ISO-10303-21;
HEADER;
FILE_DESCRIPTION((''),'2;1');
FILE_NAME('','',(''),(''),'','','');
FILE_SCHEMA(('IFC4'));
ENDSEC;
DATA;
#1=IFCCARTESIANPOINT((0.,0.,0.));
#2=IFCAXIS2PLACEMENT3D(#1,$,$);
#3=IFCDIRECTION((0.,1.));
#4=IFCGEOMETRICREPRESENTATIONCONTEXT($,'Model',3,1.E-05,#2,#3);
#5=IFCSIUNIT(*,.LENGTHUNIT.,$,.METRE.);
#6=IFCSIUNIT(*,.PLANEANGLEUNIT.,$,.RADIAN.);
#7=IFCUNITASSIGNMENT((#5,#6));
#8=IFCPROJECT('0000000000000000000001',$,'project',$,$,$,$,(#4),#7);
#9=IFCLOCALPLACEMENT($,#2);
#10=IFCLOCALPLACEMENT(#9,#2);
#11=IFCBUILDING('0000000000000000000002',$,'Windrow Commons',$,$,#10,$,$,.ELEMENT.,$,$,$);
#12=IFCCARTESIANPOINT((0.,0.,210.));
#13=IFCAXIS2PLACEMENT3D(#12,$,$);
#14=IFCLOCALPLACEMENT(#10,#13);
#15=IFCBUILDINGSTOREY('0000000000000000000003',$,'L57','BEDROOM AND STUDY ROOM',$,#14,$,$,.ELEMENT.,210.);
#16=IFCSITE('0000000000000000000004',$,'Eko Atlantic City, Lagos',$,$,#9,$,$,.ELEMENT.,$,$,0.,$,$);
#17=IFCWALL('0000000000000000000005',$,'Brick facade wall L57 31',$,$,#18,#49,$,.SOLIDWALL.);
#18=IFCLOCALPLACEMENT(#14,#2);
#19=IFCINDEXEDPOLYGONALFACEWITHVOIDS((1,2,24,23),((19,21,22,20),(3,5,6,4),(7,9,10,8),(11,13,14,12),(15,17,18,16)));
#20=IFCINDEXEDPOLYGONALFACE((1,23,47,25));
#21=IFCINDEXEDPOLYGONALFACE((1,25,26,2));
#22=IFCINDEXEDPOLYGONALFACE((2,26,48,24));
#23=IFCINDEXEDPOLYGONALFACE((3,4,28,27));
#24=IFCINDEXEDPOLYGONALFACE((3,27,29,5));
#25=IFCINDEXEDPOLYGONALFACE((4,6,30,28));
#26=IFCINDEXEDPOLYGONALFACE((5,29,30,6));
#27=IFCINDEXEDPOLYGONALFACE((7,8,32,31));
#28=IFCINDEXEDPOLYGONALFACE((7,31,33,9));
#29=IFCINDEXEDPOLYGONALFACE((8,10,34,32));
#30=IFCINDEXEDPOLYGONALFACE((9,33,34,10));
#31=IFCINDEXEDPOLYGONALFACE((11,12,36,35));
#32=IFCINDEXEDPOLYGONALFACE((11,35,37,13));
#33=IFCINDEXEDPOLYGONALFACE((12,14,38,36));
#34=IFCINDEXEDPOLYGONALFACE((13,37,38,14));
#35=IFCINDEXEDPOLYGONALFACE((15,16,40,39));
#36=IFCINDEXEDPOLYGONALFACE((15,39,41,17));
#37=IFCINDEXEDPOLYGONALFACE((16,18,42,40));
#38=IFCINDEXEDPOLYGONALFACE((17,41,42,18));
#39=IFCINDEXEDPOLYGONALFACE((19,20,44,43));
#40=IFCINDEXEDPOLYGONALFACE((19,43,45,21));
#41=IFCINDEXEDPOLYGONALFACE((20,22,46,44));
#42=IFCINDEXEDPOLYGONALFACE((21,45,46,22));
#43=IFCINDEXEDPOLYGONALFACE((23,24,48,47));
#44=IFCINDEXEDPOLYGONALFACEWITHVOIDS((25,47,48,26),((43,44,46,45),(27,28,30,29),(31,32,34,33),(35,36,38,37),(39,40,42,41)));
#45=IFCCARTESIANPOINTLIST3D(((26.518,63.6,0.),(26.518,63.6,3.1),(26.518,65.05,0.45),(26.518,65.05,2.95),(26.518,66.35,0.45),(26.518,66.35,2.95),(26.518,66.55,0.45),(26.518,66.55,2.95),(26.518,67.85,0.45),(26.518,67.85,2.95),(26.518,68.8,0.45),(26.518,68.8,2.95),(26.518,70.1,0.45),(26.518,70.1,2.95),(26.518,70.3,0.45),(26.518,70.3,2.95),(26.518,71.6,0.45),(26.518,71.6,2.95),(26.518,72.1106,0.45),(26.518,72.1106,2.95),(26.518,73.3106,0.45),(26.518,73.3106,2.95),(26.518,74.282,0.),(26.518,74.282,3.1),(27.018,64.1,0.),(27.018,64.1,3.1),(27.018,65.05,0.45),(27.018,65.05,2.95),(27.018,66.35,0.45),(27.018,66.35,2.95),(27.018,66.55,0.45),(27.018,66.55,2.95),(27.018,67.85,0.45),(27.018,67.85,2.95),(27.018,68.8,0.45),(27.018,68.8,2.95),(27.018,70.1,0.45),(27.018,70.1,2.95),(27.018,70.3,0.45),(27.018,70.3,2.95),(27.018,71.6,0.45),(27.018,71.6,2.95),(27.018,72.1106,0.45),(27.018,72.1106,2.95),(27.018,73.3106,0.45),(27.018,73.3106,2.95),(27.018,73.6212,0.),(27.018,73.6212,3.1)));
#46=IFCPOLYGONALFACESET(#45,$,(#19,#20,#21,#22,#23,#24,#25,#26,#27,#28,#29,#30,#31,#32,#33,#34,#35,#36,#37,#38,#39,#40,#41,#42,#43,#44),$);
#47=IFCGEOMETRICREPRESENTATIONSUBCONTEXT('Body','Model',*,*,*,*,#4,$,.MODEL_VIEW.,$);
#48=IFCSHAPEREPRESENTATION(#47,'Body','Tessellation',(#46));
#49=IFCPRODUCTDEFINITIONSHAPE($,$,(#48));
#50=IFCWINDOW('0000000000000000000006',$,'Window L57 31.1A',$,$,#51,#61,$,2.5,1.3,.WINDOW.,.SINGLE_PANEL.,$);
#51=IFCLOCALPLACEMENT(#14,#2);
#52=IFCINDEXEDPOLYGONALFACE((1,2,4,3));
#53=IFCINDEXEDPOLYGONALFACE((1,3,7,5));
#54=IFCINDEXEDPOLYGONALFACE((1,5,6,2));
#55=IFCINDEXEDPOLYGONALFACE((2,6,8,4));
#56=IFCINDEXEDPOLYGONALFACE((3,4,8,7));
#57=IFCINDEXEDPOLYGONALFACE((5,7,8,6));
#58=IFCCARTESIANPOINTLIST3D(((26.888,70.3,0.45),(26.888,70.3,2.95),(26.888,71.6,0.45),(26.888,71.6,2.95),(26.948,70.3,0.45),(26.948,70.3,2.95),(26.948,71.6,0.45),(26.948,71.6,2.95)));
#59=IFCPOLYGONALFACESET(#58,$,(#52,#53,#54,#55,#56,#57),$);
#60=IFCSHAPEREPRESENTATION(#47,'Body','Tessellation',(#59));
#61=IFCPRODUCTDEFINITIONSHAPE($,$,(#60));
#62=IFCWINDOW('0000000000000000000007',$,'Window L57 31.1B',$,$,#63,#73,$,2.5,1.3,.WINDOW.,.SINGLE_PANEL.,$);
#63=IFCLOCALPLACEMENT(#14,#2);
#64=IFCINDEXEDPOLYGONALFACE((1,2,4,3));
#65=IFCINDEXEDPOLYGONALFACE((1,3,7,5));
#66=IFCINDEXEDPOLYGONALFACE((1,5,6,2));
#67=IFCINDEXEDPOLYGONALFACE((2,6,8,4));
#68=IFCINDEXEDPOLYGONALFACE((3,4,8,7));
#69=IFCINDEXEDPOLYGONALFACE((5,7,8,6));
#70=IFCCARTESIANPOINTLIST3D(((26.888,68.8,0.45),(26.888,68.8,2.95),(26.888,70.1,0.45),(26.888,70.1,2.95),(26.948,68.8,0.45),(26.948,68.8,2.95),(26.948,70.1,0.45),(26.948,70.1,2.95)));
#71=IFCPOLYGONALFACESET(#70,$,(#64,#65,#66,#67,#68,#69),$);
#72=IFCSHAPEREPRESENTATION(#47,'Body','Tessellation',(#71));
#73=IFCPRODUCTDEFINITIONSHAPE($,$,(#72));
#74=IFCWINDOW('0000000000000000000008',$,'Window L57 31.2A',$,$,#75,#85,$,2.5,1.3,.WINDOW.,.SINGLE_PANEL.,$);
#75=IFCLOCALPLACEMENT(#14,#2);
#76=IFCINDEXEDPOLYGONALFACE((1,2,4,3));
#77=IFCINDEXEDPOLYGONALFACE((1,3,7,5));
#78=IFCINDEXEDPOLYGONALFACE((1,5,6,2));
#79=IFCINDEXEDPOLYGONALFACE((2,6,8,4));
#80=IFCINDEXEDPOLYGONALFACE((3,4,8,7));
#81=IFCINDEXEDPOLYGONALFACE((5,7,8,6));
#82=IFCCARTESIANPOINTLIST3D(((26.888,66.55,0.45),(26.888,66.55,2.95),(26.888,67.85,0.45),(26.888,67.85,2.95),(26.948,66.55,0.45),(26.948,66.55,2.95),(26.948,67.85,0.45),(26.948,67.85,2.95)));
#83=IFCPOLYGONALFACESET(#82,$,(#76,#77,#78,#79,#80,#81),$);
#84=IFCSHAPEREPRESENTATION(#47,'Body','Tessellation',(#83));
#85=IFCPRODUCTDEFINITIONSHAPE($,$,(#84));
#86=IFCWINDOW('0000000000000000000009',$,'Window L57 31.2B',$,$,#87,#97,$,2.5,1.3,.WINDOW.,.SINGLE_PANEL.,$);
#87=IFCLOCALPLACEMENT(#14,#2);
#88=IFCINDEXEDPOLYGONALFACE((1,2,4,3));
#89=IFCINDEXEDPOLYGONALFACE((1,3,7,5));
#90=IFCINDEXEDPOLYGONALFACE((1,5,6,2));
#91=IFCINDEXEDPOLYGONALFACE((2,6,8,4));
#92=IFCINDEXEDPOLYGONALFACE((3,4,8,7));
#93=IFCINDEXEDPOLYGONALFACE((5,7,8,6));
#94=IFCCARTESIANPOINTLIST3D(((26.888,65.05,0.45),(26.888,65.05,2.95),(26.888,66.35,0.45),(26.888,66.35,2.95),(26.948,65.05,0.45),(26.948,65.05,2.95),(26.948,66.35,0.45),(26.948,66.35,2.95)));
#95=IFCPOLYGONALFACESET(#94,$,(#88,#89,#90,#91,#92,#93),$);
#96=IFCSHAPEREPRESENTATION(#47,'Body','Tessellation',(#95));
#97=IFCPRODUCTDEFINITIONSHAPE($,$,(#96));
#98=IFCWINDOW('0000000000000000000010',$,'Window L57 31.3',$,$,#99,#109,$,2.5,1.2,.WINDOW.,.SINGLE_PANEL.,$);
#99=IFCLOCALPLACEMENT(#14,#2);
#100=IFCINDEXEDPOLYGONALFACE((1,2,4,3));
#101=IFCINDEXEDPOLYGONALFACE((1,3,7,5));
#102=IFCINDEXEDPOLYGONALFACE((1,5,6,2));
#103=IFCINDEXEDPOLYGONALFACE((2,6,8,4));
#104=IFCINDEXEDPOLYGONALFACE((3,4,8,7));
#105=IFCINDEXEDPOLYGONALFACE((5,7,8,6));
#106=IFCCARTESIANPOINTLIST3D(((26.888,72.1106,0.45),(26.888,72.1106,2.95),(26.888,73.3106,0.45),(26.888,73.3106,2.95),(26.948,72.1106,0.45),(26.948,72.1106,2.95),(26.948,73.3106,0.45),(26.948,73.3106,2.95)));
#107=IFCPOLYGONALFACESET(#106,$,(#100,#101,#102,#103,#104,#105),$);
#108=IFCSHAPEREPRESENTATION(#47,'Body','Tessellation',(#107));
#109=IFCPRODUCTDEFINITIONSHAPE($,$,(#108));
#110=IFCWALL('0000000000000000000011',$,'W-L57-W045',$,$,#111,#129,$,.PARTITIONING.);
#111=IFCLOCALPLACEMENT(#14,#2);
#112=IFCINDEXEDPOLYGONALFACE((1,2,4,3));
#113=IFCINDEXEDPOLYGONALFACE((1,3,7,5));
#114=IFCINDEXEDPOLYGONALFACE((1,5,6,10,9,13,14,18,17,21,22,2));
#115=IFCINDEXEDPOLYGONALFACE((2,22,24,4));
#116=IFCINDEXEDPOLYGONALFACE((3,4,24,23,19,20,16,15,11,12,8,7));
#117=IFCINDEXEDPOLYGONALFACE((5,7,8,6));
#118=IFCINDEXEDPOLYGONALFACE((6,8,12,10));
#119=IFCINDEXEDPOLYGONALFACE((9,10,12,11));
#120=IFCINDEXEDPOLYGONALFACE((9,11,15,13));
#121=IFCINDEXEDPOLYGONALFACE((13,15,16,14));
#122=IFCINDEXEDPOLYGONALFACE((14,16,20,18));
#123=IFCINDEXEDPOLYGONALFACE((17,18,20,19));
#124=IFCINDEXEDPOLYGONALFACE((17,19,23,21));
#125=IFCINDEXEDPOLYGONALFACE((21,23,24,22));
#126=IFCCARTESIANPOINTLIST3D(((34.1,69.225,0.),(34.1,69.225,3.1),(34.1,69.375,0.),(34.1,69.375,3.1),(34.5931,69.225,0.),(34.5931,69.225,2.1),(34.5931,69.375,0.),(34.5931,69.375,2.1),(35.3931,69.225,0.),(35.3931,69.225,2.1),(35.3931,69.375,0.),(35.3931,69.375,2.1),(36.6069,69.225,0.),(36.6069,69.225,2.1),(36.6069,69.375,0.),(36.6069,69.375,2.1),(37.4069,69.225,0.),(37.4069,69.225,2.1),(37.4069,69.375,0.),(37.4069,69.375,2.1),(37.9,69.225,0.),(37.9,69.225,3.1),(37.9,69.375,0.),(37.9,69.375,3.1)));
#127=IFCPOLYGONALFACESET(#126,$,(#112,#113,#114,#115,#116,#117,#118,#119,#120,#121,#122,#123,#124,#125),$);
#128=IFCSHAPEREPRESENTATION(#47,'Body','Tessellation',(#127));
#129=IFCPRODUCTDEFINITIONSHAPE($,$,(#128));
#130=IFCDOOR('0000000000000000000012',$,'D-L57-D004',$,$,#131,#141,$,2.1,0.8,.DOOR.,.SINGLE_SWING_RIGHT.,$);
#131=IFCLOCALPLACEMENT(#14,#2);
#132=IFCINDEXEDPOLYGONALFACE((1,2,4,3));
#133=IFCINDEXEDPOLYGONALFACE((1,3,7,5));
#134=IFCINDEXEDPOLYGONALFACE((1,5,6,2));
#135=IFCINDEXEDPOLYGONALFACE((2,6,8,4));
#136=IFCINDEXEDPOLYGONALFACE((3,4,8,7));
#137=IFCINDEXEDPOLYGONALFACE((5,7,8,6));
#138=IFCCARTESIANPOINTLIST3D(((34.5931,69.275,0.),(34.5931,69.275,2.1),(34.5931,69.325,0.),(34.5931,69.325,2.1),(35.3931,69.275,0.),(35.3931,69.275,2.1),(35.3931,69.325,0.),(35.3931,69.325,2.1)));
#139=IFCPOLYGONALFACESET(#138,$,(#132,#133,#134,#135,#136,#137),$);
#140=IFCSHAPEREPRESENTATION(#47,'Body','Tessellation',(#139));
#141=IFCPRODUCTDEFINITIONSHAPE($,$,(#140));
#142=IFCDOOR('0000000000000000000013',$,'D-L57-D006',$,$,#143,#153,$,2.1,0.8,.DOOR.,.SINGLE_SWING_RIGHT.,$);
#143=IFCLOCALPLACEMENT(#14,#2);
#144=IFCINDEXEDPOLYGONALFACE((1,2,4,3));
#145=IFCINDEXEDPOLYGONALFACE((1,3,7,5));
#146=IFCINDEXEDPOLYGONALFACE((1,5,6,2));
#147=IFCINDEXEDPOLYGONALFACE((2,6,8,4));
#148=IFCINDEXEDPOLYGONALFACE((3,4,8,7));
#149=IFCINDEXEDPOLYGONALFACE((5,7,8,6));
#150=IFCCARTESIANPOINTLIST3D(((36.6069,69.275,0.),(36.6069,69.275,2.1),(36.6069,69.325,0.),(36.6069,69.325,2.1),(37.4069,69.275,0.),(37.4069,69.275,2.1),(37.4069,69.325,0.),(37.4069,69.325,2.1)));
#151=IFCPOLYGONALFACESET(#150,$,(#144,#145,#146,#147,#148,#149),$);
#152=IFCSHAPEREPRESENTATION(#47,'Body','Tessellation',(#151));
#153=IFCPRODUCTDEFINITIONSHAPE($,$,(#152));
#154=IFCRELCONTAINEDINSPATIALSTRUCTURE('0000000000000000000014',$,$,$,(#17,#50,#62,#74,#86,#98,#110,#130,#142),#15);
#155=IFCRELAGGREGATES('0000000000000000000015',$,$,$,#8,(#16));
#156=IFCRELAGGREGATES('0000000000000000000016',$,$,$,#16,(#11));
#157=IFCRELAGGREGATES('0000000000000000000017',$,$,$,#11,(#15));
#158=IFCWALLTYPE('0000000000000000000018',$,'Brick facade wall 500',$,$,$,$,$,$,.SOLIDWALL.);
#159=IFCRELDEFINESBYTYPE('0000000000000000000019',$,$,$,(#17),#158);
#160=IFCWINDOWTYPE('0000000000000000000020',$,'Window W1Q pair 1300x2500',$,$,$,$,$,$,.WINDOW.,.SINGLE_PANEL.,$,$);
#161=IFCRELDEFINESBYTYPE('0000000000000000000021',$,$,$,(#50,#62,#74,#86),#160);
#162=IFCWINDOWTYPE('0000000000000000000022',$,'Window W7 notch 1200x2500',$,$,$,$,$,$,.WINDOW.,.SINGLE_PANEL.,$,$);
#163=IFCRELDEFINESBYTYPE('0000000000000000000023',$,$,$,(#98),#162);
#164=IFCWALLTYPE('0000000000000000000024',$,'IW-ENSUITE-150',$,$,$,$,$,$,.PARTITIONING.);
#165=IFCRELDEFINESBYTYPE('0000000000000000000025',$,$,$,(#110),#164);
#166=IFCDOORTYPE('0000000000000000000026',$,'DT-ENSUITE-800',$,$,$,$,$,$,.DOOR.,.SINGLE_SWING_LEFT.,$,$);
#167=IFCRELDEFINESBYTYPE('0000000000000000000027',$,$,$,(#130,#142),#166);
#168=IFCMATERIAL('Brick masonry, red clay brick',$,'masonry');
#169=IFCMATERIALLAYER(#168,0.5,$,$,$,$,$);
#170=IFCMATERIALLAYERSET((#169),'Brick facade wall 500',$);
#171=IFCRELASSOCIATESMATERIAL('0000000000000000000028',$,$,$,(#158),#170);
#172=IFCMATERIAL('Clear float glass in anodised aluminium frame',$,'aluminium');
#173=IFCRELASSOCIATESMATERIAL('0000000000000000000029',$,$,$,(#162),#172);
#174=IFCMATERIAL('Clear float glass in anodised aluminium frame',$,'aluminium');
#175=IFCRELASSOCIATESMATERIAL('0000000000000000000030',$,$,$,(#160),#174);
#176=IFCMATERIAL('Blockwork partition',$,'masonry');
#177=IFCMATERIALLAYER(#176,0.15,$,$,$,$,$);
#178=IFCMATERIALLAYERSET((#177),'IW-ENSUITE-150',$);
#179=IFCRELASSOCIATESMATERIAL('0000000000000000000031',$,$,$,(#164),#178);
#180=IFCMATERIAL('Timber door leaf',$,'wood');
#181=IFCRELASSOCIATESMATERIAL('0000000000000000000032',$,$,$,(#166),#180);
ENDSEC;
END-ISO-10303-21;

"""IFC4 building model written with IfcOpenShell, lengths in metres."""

from ifc_helpers import new_model, si_unit, direction, frame, frame_2d, origin, place, context, subcontext, project, spatial, polyline, rectangle, outline, extrude, material, layer, layer_set, type_object, element, fill, save


model = new_model("IFC4")

# Units and contexts
model_context = context("Model", 3, precision=1e-05, world=origin(), true_north=direction((0.0, 1.0)))
body_context = subcontext(model_context, "Body", "Model", "MODEL_VIEW")
ifc_project = project(units=[si_unit("LENGTHUNIT", "METRE"), si_unit("PLANEANGLEUNIT", "RADIAN")], contexts=[model_context])

# Site, building, storey
site_placement = place(None, origin())
site = spatial("IfcSite", under=ifc_project, at=site_placement, Name="Eko Atlantic City, Lagos", CompositionType="ELEMENT", RefElevation=0.0)
building_placement = place(site_placement, origin())
building = spatial("IfcBuilding", under=site, at=building_placement, Name="Windrow Commons", CompositionType="ELEMENT")
storey_placement = place(building_placement, frame((0.0, 0.0, 210.0)))
storey = spatial("IfcBuildingStorey", under=building, at=storey_placement, Name="L57", Description="BEDROOM AND STUDY ROOM", CompositionType="ELEMENT", Elevation=210.0)

# Shared definitions
ifc_material_1 = material(Name="Brick masonry, red clay brick", Category="masonry")
ifc_layer_1 = layer(ifc_material_1, 0.5)
ifc_layer_set_1 = layer_set([ifc_layer_1], Name="Brick facade wall 500")
wall_type_1 = type_object("IfcWallType", Name="Brick facade wall 500", PredefinedType="SOLIDWALL", material=ifc_layer_set_1)
ifc_material_2 = material(Name="Clear float glass in anodised aluminium frame", Category="aluminium")
window_type_1 = type_object("IfcWindowType", Name="Window W7 notch 1200x2500", PartitioningType="SINGLE_PANEL", PredefinedType="WINDOW", material=ifc_material_2)

# Wall, openings, windows
wall_1_placement = place(storey_placement, frame((26.768, 73.9516, 0.0), z_axis=(0.0, 0.0, 1.0), x_axis=(0.0, -1.0, 0.0)))
wall_1 = element("IfcWall", 1, at=wall_1_placement, inside=storey, type_object=wall_type_1, Name="Brick facade wall L57 31", PredefinedType="SOLIDWALL", context=body_context, shape_type="SweptSolid", body=[
    extrude(outline(polyline([(-0.3304, -0.25), (10.3516, -0.25), (9.8516, 0.25), (0.3304, 0.25), (-0.3304, -0.25)])), origin(), (0.0, 0.0, 1.0), 3.1),
])
opening_1_placement = place(wall_1_placement, frame((2.3516, 0.0, 0.45)))
opening_1 = element("IfcOpeningElement", 2, at=opening_1_placement, cuts=wall_1, PredefinedType="OPENING", context=body_context, shape_type="SweptSolid", body=[
    extrude(rectangle(XDim=1.3, YDim=2.5, at=frame_2d((0.65, 1.25))), frame((0.0, 0.26, 0.0), z_axis=(0.0, -1.0, 0.0), x_axis=(1.0, 0.0, 0.0)), (0.0, 0.0, 1.0), 0.52),
])
opening_2_placement = place(wall_1_placement, frame((3.8516, 0.0, 0.45)))
opening_2 = element("IfcOpeningElement", 3, at=opening_2_placement, cuts=wall_1, PredefinedType="OPENING", context=body_context, shape_type="SweptSolid", body=[
    extrude(rectangle(XDim=1.3, YDim=2.5, at=frame_2d((0.65, 1.25))), frame((0.0, 0.26, 0.0), z_axis=(0.0, -1.0, 0.0), x_axis=(1.0, 0.0, 0.0)), (0.0, 0.0, 1.0), 0.52),
])
opening_3_placement = place(wall_1_placement, frame((6.1016, 0.0, 0.45)))
opening_3 = element("IfcOpeningElement", 4, at=opening_3_placement, cuts=wall_1, PredefinedType="OPENING", context=body_context, shape_type="SweptSolid", body=[
    extrude(rectangle(XDim=1.3, YDim=2.5, at=frame_2d((0.65, 1.25))), frame((0.0, 0.26, 0.0), z_axis=(0.0, -1.0, 0.0), x_axis=(1.0, 0.0, 0.0)), (0.0, 0.0, 1.0), 0.52),
])
opening_4_placement = place(wall_1_placement, frame((7.6016, 0.0, 0.45)))
opening_4 = element("IfcOpeningElement", 5, at=opening_4_placement, cuts=wall_1, PredefinedType="OPENING", context=body_context, shape_type="SweptSolid", body=[
    extrude(rectangle(XDim=1.3, YDim=2.5, at=frame_2d((0.65, 1.25))), frame((0.0, 0.26, 0.0), z_axis=(0.0, -1.0, 0.0), x_axis=(1.0, 0.0, 0.0)), (0.0, 0.0, 1.0), 0.52),
])
opening_5_placement = place(wall_1_placement, frame((0.641, 0.0, 0.45)))
opening_5 = element("IfcOpeningElement", 6, at=opening_5_placement, cuts=wall_1, PredefinedType="OPENING", context=body_context, shape_type="SweptSolid", body=[
    extrude(rectangle(XDim=1.2, YDim=2.5, at=frame_2d((0.6, 1.25))), frame((0.0, 0.26, 0.0), z_axis=(0.0, -1.0, 0.0), x_axis=(1.0, 0.0, 0.0)), (0.0, 0.0, 1.0), 0.52),
])
ifc_material_3 = material(Name="Clear float glass in anodised aluminium frame", Category="aluminium")
window_type_2 = type_object("IfcWindowType", Name="Window W1Q pair 1300x2500", PartitioningType="SINGLE_PANEL", PredefinedType="WINDOW", material=ifc_material_3)
window_1_placement = place(opening_1_placement, origin())
window_1 = element("IfcWindow", 7, at=window_1_placement, inside=storey, type_object=window_type_2, Name="Window L57 31.1A", OverallHeight=2.5, OverallWidth=1.3, PartitioningType="SINGLE_PANEL", PredefinedType="WINDOW", context=body_context, shape_type="SweptSolid", body=[
    extrude(rectangle(XDim=1.3, YDim=2.5, at=frame_2d((0.65, 1.25))), frame((0.0, 0.18, 0.0), z_axis=(0.0, -1.0, 0.0), x_axis=(1.0, 0.0, 0.0)), (0.0, 0.0, 1.0), 0.06),
])
fill(opening_1, window_1)
window_2_placement = place(opening_2_placement, origin())
window_2 = element("IfcWindow", 8, at=window_2_placement, inside=storey, type_object=window_type_2, Name="Window L57 31.1B", OverallHeight=2.5, OverallWidth=1.3, PartitioningType="SINGLE_PANEL", PredefinedType="WINDOW", context=body_context, shape_type="SweptSolid", body=[
    extrude(rectangle(XDim=1.3, YDim=2.5, at=frame_2d((0.65, 1.25))), frame((0.0, 0.18, 0.0), z_axis=(0.0, -1.0, 0.0), x_axis=(1.0, 0.0, 0.0)), (0.0, 0.0, 1.0), 0.06),
])
fill(opening_2, window_2)
window_3_placement = place(opening_3_placement, origin())
window_3 = element("IfcWindow", 9, at=window_3_placement, inside=storey, type_object=window_type_2, Name="Window L57 31.2A", OverallHeight=2.5, OverallWidth=1.3, PartitioningType="SINGLE_PANEL", PredefinedType="WINDOW", context=body_context, shape_type="SweptSolid", body=[
    extrude(rectangle(XDim=1.3, YDim=2.5, at=frame_2d((0.65, 1.25))), frame((0.0, 0.18, 0.0), z_axis=(0.0, -1.0, 0.0), x_axis=(1.0, 0.0, 0.0)), (0.0, 0.0, 1.0), 0.06),
])
fill(opening_3, window_3)
window_4_placement = place(opening_4_placement, origin())
window_4 = element("IfcWindow", 10, at=window_4_placement, inside=storey, type_object=window_type_2, Name="Window L57 31.2B", OverallHeight=2.5, OverallWidth=1.3, PartitioningType="SINGLE_PANEL", PredefinedType="WINDOW", context=body_context, shape_type="SweptSolid", body=[
    extrude(rectangle(XDim=1.3, YDim=2.5, at=frame_2d((0.65, 1.25))), frame((0.0, 0.18, 0.0), z_axis=(0.0, -1.0, 0.0), x_axis=(1.0, 0.0, 0.0)), (0.0, 0.0, 1.0), 0.06),
])
fill(opening_4, window_4)
window_5_placement = place(opening_5_placement, origin())
window_5 = element("IfcWindow", 11, at=window_5_placement, inside=storey, type_object=window_type_1, Name="Window L57 31.3", OverallHeight=2.5, OverallWidth=1.2, PartitioningType="SINGLE_PANEL", PredefinedType="WINDOW", context=body_context, shape_type="SweptSolid", body=[
    extrude(rectangle(XDim=1.2, YDim=2.5, at=frame_2d((0.6, 1.25))), frame((0.0, 0.18, 0.0), z_axis=(0.0, -1.0, 0.0), x_axis=(1.0, 0.0, 0.0)), (0.0, 0.0, 1.0), 0.06),
])
fill(opening_5, window_5)

# Wall, openings, doors
ifc_material_4 = material(Name="Blockwork partition", Category="masonry")
ifc_layer_2 = layer(ifc_material_4, 0.15)
ifc_layer_set_2 = layer_set([ifc_layer_2], Name="IW-ENSUITE-150")
wall_type_2 = type_object("IfcWallType", Name="IW-ENSUITE-150", PredefinedType="PARTITIONING", material=ifc_layer_set_2)
wall_2_placement = place(storey_placement, frame((34.1, 69.3, 0.0), z_axis=(0.0, 0.0, 1.0), x_axis=(1.0, 0.0, 0.0)))
wall_2 = element("IfcWall", 12, at=wall_2_placement, inside=storey, type_object=wall_type_2, Name="W-L57-W045", PredefinedType="PARTITIONING", context=body_context, shape_type="SweptSolid", body=[
    extrude(rectangle(XDim=3.8, YDim=0.15, at=frame_2d((1.9, 0.0))), origin(), (0.0, 0.0, 1.0), 3.1),
])
opening_6_placement = place(wall_2_placement, frame((0.4931, 0.0, 0.0)))
opening_6 = element("IfcOpeningElement", 13, at=opening_6_placement, cuts=wall_2, PredefinedType="OPENING", context=body_context, shape_type="SweptSolid", body=[
    extrude(rectangle(XDim=0.8, YDim=2.1, at=frame_2d((0.4, 1.05))), frame((0.0, 0.085, 0.0), z_axis=(0.0, -1.0, 0.0), x_axis=(1.0, 0.0, 0.0)), (0.0, 0.0, 1.0), 0.17),
])
opening_7_placement = place(wall_2_placement, frame((2.5069, 0.0, 0.0)))
opening_7 = element("IfcOpeningElement", 14, at=opening_7_placement, cuts=wall_2, PredefinedType="OPENING", context=body_context, shape_type="SweptSolid", body=[
    extrude(rectangle(XDim=0.8, YDim=2.1, at=frame_2d((0.4, 1.05))), frame((0.0, 0.085, 0.0), z_axis=(0.0, -1.0, 0.0), x_axis=(1.0, 0.0, 0.0)), (0.0, 0.0, 1.0), 0.17),
])
ifc_material_5 = material(Name="Timber door leaf", Category="wood")
door_type = type_object("IfcDoorType", Name="DT-ENSUITE-800", OperationType="SINGLE_SWING_LEFT", PredefinedType="DOOR", material=ifc_material_5)
door_1_placement = place(opening_6_placement, origin())
door_1 = element("IfcDoor", 15, at=door_1_placement, inside=storey, type_object=door_type, Name="D-L57-D004", OperationType="SINGLE_SWING_RIGHT", OverallHeight=2.1, OverallWidth=0.8, PredefinedType="DOOR", context=body_context, shape_type="SweptSolid", body=[
    extrude(rectangle(XDim=0.8, YDim=2.1, at=frame_2d((0.4, 1.05))), frame((0.0, 0.025, 0.0), z_axis=(0.0, -1.0, 0.0), x_axis=(1.0, 0.0, 0.0)), (0.0, 0.0, 1.0), 0.05),
])
fill(opening_6, door_1)
door_2_placement = place(opening_7_placement, origin())
door_2 = element("IfcDoor", 16, at=door_2_placement, inside=storey, type_object=door_type, Name="D-L57-D006", OperationType="SINGLE_SWING_RIGHT", OverallHeight=2.1, OverallWidth=0.8, PredefinedType="DOOR", context=body_context, shape_type="SweptSolid", body=[
    extrude(rectangle(XDim=0.8, YDim=2.1, at=frame_2d((0.4, 1.05))), frame((0.0, 0.025, 0.0), z_axis=(0.0, -1.0, 0.0), x_axis=(1.0, 0.0, 0.0)), (0.0, 0.0, 1.0), 0.05),
])
fill(opening_7, door_2)

save(model, "model.ifc")
